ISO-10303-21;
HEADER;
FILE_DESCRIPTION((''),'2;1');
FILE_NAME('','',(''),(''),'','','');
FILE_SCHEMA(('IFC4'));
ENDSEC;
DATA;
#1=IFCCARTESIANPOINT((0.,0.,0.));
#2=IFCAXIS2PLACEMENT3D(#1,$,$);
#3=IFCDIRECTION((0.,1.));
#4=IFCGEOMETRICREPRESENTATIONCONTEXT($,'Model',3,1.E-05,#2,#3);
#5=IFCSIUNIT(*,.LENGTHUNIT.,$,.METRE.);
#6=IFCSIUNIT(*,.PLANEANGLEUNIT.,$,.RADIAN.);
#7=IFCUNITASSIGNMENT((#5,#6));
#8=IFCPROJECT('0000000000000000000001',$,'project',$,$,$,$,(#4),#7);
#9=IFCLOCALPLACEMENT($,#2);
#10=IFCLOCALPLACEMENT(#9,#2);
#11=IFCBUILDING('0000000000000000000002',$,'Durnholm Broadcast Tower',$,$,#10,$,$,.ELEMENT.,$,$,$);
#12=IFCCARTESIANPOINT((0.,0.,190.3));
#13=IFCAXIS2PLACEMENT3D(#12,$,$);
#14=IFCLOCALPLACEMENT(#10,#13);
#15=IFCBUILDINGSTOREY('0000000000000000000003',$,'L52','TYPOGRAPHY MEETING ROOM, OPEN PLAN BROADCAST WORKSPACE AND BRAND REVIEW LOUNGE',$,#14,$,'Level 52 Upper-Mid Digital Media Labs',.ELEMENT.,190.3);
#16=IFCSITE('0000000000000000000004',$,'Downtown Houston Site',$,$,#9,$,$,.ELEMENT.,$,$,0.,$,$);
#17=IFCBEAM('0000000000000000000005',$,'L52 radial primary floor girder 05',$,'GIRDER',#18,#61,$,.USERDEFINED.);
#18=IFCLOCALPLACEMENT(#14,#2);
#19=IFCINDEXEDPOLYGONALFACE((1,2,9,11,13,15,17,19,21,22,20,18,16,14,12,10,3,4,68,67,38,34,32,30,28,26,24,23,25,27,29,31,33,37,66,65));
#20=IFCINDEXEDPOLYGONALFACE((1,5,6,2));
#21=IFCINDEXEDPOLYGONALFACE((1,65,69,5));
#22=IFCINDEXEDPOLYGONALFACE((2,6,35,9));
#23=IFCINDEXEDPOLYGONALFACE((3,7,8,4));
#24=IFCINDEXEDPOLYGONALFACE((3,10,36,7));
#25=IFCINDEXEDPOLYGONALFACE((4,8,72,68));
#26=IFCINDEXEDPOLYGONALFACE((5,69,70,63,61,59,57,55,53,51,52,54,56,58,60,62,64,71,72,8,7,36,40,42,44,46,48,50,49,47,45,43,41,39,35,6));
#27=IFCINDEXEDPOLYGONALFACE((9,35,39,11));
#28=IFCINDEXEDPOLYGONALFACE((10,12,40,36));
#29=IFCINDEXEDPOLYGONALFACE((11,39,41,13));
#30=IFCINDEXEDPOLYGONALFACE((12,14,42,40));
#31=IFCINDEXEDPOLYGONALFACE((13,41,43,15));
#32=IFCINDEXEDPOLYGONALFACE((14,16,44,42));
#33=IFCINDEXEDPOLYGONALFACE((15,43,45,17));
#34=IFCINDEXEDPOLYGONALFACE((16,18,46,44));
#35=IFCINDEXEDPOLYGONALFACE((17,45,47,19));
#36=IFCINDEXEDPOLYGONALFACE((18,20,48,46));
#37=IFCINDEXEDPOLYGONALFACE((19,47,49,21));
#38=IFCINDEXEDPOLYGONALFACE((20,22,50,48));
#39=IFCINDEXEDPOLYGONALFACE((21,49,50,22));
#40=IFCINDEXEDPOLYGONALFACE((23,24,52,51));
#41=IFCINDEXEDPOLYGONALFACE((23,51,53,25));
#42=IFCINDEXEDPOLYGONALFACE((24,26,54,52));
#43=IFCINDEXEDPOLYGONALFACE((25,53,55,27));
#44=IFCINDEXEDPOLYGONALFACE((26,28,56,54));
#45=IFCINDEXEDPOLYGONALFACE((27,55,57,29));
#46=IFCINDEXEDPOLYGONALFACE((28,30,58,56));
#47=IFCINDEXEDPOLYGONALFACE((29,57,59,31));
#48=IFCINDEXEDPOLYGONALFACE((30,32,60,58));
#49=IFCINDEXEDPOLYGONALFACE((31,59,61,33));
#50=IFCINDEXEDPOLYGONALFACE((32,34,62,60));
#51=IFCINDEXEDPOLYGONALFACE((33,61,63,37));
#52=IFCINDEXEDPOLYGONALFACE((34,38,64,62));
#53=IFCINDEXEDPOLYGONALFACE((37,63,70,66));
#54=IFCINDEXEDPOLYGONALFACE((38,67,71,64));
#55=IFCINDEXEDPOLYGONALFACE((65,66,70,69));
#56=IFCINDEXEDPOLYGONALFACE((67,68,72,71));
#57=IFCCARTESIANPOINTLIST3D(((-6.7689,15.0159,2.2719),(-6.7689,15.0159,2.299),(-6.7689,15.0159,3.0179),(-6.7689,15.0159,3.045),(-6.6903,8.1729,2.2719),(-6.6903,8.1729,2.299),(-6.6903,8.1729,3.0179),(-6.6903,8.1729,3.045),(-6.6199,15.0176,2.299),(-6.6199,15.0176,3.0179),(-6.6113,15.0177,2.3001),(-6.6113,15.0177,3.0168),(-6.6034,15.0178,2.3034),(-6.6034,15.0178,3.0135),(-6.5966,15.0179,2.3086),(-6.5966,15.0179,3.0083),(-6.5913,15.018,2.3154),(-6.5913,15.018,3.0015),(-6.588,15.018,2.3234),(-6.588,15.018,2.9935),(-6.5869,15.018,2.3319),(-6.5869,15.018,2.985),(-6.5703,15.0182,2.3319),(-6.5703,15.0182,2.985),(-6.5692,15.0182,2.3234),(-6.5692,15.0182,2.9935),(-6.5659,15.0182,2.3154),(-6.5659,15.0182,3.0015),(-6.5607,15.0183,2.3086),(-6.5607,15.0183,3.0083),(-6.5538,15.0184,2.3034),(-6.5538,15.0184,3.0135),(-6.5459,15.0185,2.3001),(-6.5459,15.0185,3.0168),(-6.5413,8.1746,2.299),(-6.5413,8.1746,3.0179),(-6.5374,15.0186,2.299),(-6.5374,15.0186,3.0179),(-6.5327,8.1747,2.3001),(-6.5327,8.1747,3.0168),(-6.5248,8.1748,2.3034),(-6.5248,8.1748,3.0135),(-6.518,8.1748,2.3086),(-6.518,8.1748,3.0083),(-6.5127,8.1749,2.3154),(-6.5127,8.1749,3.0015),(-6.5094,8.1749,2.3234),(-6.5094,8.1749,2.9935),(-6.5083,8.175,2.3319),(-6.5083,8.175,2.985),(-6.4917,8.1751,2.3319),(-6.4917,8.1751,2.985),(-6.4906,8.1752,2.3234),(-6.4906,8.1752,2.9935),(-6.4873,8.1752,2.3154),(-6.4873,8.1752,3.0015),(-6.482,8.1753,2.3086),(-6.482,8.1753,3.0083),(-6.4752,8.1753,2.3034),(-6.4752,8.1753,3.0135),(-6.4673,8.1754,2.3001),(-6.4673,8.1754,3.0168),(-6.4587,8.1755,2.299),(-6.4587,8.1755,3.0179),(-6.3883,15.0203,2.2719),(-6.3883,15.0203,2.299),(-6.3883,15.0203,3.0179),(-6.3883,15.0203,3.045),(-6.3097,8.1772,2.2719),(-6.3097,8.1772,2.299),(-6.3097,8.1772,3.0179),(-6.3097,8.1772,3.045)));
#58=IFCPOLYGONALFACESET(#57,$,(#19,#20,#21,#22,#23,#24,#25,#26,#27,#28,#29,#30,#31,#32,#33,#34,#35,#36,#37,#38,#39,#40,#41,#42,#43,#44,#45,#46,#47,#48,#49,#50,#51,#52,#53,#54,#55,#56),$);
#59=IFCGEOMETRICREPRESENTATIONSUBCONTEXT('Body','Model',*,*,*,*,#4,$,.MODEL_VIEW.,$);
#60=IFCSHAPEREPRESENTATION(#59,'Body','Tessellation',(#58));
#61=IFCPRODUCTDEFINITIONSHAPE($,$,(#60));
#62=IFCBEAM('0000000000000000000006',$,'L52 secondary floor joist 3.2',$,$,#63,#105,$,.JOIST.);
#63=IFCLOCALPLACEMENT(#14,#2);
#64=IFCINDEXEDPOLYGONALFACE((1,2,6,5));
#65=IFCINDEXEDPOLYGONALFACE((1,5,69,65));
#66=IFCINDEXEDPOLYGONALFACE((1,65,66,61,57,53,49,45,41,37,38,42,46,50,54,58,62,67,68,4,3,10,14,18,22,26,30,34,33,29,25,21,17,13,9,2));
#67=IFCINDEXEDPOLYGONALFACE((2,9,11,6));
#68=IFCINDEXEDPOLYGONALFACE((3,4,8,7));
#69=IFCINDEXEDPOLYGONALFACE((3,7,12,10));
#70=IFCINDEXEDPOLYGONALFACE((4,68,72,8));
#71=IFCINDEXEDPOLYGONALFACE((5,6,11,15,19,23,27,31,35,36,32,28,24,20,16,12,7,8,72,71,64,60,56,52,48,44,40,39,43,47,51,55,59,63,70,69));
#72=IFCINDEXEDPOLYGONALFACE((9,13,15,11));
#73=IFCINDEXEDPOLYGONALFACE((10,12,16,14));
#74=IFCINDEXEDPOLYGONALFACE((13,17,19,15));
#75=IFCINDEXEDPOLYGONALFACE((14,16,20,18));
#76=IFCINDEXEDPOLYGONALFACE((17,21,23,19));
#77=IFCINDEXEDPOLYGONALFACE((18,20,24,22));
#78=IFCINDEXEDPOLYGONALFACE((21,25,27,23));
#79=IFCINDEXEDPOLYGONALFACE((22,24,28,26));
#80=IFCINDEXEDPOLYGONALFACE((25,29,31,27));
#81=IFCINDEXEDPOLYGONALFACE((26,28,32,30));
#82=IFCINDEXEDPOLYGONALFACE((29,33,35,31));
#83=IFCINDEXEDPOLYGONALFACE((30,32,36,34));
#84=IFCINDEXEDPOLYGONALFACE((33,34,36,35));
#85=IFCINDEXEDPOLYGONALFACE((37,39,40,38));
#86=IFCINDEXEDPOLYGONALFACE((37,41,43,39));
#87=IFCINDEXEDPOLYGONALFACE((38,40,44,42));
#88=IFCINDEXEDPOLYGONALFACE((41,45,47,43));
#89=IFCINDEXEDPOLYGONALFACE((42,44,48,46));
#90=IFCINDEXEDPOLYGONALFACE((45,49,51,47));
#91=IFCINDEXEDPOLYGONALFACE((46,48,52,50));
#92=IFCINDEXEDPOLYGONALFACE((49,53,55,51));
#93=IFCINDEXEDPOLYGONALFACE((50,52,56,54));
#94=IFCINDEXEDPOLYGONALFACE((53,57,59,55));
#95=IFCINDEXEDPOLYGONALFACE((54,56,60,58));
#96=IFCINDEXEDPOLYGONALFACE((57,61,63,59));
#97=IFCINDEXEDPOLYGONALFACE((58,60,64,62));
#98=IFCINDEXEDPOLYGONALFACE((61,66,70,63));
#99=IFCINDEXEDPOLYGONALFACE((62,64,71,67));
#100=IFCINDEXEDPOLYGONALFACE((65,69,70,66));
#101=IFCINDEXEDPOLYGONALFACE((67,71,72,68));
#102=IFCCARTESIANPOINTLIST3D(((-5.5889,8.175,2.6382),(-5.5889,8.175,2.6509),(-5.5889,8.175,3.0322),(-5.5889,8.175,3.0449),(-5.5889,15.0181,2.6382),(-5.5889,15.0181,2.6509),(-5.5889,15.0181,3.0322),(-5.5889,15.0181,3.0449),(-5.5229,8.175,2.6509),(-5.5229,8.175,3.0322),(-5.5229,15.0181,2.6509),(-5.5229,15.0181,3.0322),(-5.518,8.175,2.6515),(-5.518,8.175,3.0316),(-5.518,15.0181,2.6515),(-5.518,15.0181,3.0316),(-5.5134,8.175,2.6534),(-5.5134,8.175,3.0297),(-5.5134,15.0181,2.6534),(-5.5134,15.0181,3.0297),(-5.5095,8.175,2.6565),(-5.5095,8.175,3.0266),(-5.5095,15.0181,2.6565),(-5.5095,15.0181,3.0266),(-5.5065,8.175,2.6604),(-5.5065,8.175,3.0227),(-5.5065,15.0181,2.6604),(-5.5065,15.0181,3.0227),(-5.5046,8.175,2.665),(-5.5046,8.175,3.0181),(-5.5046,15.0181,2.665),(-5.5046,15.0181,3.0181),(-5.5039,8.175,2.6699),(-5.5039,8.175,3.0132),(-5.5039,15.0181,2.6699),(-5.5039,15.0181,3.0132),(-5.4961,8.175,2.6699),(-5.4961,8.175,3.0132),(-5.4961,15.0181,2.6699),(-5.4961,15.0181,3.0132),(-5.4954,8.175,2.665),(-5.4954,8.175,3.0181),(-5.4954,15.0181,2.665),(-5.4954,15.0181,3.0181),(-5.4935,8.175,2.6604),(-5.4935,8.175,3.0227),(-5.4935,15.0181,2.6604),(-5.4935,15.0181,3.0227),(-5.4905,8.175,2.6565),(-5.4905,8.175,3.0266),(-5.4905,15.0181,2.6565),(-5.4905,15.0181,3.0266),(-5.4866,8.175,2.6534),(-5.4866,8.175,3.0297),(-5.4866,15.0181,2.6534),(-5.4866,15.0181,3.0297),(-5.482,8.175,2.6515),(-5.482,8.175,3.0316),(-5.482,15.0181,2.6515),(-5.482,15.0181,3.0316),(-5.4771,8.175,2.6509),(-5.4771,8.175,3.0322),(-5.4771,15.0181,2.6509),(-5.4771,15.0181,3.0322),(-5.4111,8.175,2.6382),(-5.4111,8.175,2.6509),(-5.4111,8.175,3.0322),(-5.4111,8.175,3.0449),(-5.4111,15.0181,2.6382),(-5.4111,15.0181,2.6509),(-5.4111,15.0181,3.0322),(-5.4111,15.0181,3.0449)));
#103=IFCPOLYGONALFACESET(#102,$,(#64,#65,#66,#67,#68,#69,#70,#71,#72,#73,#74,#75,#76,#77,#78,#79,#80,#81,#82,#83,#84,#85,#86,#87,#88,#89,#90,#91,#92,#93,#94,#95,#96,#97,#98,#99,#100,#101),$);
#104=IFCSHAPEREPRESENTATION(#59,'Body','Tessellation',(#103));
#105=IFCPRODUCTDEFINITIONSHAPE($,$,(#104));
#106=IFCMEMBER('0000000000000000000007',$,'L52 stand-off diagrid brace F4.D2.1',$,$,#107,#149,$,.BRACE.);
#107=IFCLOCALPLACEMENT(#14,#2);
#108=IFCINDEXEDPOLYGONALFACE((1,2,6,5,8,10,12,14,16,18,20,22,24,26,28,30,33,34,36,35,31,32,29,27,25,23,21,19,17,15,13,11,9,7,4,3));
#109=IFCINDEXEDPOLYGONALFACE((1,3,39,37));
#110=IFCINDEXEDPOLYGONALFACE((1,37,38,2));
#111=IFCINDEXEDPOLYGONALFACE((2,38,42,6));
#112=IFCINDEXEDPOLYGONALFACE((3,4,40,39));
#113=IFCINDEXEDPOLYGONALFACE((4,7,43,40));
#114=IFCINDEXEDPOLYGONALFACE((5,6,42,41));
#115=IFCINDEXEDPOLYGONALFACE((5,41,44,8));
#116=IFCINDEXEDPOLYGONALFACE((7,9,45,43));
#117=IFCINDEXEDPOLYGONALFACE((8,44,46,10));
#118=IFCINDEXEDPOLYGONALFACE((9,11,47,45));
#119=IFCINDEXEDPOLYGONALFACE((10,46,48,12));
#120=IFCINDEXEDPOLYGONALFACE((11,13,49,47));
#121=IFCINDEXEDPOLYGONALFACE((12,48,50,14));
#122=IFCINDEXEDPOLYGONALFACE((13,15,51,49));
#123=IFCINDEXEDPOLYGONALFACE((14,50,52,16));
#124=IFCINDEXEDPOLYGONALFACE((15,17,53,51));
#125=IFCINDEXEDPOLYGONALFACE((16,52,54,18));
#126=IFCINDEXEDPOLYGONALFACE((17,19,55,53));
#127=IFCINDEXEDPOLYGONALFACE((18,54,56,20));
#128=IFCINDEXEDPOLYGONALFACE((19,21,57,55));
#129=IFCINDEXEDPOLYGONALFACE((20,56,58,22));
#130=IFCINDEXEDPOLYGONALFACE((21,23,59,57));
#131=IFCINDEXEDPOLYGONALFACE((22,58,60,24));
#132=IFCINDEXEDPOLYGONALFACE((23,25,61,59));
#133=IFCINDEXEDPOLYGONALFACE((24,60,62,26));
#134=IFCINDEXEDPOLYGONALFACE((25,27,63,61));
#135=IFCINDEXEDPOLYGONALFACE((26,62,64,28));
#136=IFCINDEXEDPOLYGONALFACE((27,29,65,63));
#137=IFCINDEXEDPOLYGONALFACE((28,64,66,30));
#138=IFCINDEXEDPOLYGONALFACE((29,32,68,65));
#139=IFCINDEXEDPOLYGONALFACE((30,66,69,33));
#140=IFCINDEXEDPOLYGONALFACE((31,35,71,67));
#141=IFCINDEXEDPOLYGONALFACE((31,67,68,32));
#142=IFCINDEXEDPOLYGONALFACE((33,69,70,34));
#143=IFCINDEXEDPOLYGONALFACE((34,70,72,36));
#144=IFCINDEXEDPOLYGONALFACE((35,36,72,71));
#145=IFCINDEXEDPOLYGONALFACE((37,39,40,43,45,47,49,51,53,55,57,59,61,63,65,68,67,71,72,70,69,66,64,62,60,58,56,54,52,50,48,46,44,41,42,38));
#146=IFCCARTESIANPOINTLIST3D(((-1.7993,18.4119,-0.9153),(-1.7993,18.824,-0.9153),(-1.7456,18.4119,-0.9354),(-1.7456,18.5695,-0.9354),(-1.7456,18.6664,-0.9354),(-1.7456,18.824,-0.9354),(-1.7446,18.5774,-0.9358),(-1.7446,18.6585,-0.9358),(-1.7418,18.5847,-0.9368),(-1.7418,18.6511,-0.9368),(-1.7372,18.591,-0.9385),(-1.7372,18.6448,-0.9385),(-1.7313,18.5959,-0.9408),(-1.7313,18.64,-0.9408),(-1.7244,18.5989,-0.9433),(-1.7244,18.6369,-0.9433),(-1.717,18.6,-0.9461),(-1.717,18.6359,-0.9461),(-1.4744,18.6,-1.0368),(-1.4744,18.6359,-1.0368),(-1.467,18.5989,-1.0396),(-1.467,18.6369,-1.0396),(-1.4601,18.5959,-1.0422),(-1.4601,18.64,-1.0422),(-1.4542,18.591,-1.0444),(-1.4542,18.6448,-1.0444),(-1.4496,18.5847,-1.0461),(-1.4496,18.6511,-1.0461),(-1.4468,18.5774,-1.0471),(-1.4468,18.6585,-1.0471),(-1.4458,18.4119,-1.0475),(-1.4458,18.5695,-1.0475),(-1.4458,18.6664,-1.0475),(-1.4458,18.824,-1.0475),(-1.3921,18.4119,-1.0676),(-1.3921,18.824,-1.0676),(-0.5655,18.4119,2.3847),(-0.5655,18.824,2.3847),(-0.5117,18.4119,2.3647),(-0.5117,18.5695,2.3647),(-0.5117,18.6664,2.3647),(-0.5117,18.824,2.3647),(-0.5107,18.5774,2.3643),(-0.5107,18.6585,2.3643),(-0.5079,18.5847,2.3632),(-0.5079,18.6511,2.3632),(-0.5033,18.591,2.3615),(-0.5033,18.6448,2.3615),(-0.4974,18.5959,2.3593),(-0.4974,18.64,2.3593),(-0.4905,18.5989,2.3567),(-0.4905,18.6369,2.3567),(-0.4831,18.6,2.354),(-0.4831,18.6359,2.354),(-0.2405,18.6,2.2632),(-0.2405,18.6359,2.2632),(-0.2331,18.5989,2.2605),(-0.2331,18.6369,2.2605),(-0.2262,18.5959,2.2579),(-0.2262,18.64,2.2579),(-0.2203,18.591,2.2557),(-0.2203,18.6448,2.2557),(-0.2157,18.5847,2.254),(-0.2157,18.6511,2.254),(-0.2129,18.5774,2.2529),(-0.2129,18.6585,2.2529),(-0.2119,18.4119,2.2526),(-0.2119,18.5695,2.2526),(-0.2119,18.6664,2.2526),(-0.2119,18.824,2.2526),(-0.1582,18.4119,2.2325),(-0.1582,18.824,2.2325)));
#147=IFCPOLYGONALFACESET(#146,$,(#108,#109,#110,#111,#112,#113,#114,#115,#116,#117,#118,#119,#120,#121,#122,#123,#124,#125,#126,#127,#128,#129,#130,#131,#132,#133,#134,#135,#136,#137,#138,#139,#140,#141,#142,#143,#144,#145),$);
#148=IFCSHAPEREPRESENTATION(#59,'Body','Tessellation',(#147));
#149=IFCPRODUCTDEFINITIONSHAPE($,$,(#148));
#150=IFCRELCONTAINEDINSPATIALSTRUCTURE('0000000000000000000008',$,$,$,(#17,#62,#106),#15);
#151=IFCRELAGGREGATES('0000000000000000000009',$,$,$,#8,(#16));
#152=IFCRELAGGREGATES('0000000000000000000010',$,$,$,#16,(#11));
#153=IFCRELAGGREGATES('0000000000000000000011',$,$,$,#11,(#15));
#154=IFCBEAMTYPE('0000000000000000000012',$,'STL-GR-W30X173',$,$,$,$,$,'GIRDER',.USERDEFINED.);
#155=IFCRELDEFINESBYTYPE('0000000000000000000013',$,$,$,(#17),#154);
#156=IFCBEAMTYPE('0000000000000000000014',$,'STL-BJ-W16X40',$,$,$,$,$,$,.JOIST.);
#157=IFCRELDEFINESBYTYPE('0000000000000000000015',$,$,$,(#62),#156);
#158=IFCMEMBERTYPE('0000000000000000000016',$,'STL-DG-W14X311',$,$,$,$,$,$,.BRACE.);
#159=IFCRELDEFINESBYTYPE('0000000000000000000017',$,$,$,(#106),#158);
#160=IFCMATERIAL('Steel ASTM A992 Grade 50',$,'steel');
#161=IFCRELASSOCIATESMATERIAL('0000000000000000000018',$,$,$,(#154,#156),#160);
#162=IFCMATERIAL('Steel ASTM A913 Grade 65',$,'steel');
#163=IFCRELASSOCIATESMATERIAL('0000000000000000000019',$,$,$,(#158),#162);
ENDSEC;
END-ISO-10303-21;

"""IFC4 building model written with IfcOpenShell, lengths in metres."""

from ifc_helpers import new_model, si_unit, direction, frame, origin, origin_2d, place, context, subcontext, project, spatial, i_section, extrude, source, transform, mapped, material, material_profile, profile_set, type_object, type_shapes, element, save


model = new_model("IFC4")

# Units and contexts
model_context = context("Model", 3, precision=1e-05, world=origin(), true_north=direction((0.0, 1.0)))
body_context = subcontext(model_context, "Body", "Model", "MODEL_VIEW")
ifc_project = project(units=[si_unit("LENGTHUNIT", "METRE"), si_unit("PLANEANGLEUNIT", "RADIAN")], contexts=[model_context])

# Site, building, storey
site_placement = place(None, origin())
site = spatial("IfcSite", under=ifc_project, at=site_placement, Name="Downtown Houston Site", CompositionType="ELEMENT", RefElevation=0.0)
building_placement = place(site_placement, origin())
building = spatial("IfcBuilding", under=site, at=building_placement, Name="Durnholm Broadcast Tower", CompositionType="ELEMENT")
storey_placement = place(building_placement, frame((0.0, 0.0, 190.3)))
storey = spatial("IfcBuildingStorey", under=building, at=storey_placement, Name="L52", Description="TYPOGRAPHY MEETING ROOM, OPEN PLAN BROADCAST WORKSPACE AND BRAND REVIEW LOUNGE", LongName="Level 52 Upper-Mid Digital Media Labs", CompositionType="ELEMENT", Elevation=190.3)

# Beams
ifc_material_1 = material(Name="Steel ASTM A992 Grade 50", Category="steel")
ifc_material_profile_1 = material_profile(ifc_material_1, i_section(OverallWidth=0.3806, OverallDepth=0.7732, WebThickness=0.0166, FlangeThickness=0.0271, FilletRadius=0.033, at=origin_2d()), Name="W30X173")
ifc_profile_set_1 = profile_set([ifc_material_profile_1], Name="Steel ASTM A992 Grade 50")
beam_type_1 = type_object("IfcBeamType", Name="STL-GR-W30X173", ElementType="GIRDER", PredefinedType="USERDEFINED", material=ifc_profile_set_1)
shared_shape_1 = source(origin(), body_context, "Body", "SweptSolid", [
    extrude(i_section(OverallWidth=0.3806, OverallDepth=0.7732, WebThickness=0.0166, FlangeThickness=0.0271, FilletRadius=0.033, at=origin_2d()), origin(), (0.0, 0.0, 1.0), 6.8435),
])
beam_1_placement = place(storey_placement, frame((-6.5, 8.175, 2.6584), z_axis=(-0.011487, 0.999934, 0.0), x_axis=(-0.999934, -0.011487, 0.0)))
element("IfcBeam", 1, at=beam_1_placement, inside=storey, type_object=beam_type_1, Name="L52 radial primary floor girder 05", ObjectType="GIRDER", PredefinedType="USERDEFINED", context=body_context, shape_type="MappedRepresentation", body=[
    mapped(shared_shape_1, transform((0.0, 0.0, 0.0), x_axis=(1.0, 0.0, 0.0), y_axis=(0.0, 1.0, 0.0), z_axis=(0.0, 0.0, 1.0), scale=1.0)),
])
ifc_material_profile_2 = material_profile(ifc_material_1, i_section(OverallWidth=0.1777, OverallDepth=0.4067, WebThickness=0.0078, FlangeThickness=0.0127, FilletRadius=0.019, at=origin_2d()), Name="W16X40")
ifc_profile_set_2 = profile_set([ifc_material_profile_2], Name="Steel ASTM A992 Grade 50")
beam_type_2 = type_object("IfcBeamType", Name="STL-BJ-W16X40", PredefinedType="JOIST", material=ifc_profile_set_2)
shared_shape_2 = source(origin(), body_context, "Body", "SweptSolid", [
    extrude(i_section(OverallWidth=0.1777, OverallDepth=0.4067, WebThickness=0.0078, FlangeThickness=0.0127, FilletRadius=0.019, at=origin_2d()), origin(), (0.0, 0.0, 1.0), 6.843),
])
type_shapes(beam_type_2, [shared_shape_2])
beam_2_placement = place(storey_placement, frame((-5.5, 8.175, 2.8416), z_axis=(0.0, 1.0, 0.0), x_axis=(-1.0, 0.0, 0.0)))
element("IfcBeam", 2, at=beam_2_placement, inside=storey, type_object=beam_type_2, Name="L52 secondary floor joist 3.2", PredefinedType="JOIST", context=body_context, shape_type="MappedRepresentation", body=[
    mapped(shared_shape_2, transform((0.0, 0.0, 0.0), x_axis=(1.0, 0.0, 0.0), y_axis=(0.0, 1.0, 0.0), z_axis=(0.0, 0.0, 1.0), scale=1.0)),
])

# Member
ifc_material_2 = material(Name="Steel ASTM A913 Grade 65", Category="steel")
ifc_material_profile_3 = material_profile(ifc_material_2, i_section(OverallWidth=0.4121, OverallDepth=0.4348, WebThickness=0.0359, FlangeThickness=0.0574, FilletRadius=0.0305, at=origin_2d()), Name="W14X311")
ifc_profile_set_3 = profile_set([ifc_material_profile_3], Name="Steel ASTM A913 Grade 65")
member_type_1 = type_object("IfcMemberType", Name="STL-DG-W14X311", PredefinedType="BRACE", material=ifc_profile_set_3)
shared_shape_3 = source(origin(), body_context, "Body", "SweptSolid", [
    extrude(i_section(OverallWidth=0.4121, OverallDepth=0.4348, WebThickness=0.0359, FlangeThickness=0.0574, FilletRadius=0.0305, at=origin_2d()), origin(), (0.0, 0.0, 1.0), 3.5232),
])
type_shapes(member_type_1, [shared_shape_3])
for number, where, z_axis, x_axis, name in (
    (3, (-1.5957, 18.6179, -0.9915), (0.35022, 0.0, 0.936668), (0.0, 1.0, 0.0), "L52 stand-off diagrid brace F4.D2.1"),
):
    element("IfcMember", number, at=place(storey_placement, frame(where, z_axis=z_axis, x_axis=x_axis)), inside=storey, type_object=member_type_1, Name=name, PredefinedType="BRACE", context=body_context, shape_type="MappedRepresentation", body=[
        mapped(shared_shape_3, transform((0.0, 0.0, 0.0), x_axis=(1.0, 0.0, 0.0), y_axis=(0.0, 1.0, 0.0), z_axis=(0.0, 0.0, 1.0), scale=1.0)),
    ])

save(model, "model.ifc")
